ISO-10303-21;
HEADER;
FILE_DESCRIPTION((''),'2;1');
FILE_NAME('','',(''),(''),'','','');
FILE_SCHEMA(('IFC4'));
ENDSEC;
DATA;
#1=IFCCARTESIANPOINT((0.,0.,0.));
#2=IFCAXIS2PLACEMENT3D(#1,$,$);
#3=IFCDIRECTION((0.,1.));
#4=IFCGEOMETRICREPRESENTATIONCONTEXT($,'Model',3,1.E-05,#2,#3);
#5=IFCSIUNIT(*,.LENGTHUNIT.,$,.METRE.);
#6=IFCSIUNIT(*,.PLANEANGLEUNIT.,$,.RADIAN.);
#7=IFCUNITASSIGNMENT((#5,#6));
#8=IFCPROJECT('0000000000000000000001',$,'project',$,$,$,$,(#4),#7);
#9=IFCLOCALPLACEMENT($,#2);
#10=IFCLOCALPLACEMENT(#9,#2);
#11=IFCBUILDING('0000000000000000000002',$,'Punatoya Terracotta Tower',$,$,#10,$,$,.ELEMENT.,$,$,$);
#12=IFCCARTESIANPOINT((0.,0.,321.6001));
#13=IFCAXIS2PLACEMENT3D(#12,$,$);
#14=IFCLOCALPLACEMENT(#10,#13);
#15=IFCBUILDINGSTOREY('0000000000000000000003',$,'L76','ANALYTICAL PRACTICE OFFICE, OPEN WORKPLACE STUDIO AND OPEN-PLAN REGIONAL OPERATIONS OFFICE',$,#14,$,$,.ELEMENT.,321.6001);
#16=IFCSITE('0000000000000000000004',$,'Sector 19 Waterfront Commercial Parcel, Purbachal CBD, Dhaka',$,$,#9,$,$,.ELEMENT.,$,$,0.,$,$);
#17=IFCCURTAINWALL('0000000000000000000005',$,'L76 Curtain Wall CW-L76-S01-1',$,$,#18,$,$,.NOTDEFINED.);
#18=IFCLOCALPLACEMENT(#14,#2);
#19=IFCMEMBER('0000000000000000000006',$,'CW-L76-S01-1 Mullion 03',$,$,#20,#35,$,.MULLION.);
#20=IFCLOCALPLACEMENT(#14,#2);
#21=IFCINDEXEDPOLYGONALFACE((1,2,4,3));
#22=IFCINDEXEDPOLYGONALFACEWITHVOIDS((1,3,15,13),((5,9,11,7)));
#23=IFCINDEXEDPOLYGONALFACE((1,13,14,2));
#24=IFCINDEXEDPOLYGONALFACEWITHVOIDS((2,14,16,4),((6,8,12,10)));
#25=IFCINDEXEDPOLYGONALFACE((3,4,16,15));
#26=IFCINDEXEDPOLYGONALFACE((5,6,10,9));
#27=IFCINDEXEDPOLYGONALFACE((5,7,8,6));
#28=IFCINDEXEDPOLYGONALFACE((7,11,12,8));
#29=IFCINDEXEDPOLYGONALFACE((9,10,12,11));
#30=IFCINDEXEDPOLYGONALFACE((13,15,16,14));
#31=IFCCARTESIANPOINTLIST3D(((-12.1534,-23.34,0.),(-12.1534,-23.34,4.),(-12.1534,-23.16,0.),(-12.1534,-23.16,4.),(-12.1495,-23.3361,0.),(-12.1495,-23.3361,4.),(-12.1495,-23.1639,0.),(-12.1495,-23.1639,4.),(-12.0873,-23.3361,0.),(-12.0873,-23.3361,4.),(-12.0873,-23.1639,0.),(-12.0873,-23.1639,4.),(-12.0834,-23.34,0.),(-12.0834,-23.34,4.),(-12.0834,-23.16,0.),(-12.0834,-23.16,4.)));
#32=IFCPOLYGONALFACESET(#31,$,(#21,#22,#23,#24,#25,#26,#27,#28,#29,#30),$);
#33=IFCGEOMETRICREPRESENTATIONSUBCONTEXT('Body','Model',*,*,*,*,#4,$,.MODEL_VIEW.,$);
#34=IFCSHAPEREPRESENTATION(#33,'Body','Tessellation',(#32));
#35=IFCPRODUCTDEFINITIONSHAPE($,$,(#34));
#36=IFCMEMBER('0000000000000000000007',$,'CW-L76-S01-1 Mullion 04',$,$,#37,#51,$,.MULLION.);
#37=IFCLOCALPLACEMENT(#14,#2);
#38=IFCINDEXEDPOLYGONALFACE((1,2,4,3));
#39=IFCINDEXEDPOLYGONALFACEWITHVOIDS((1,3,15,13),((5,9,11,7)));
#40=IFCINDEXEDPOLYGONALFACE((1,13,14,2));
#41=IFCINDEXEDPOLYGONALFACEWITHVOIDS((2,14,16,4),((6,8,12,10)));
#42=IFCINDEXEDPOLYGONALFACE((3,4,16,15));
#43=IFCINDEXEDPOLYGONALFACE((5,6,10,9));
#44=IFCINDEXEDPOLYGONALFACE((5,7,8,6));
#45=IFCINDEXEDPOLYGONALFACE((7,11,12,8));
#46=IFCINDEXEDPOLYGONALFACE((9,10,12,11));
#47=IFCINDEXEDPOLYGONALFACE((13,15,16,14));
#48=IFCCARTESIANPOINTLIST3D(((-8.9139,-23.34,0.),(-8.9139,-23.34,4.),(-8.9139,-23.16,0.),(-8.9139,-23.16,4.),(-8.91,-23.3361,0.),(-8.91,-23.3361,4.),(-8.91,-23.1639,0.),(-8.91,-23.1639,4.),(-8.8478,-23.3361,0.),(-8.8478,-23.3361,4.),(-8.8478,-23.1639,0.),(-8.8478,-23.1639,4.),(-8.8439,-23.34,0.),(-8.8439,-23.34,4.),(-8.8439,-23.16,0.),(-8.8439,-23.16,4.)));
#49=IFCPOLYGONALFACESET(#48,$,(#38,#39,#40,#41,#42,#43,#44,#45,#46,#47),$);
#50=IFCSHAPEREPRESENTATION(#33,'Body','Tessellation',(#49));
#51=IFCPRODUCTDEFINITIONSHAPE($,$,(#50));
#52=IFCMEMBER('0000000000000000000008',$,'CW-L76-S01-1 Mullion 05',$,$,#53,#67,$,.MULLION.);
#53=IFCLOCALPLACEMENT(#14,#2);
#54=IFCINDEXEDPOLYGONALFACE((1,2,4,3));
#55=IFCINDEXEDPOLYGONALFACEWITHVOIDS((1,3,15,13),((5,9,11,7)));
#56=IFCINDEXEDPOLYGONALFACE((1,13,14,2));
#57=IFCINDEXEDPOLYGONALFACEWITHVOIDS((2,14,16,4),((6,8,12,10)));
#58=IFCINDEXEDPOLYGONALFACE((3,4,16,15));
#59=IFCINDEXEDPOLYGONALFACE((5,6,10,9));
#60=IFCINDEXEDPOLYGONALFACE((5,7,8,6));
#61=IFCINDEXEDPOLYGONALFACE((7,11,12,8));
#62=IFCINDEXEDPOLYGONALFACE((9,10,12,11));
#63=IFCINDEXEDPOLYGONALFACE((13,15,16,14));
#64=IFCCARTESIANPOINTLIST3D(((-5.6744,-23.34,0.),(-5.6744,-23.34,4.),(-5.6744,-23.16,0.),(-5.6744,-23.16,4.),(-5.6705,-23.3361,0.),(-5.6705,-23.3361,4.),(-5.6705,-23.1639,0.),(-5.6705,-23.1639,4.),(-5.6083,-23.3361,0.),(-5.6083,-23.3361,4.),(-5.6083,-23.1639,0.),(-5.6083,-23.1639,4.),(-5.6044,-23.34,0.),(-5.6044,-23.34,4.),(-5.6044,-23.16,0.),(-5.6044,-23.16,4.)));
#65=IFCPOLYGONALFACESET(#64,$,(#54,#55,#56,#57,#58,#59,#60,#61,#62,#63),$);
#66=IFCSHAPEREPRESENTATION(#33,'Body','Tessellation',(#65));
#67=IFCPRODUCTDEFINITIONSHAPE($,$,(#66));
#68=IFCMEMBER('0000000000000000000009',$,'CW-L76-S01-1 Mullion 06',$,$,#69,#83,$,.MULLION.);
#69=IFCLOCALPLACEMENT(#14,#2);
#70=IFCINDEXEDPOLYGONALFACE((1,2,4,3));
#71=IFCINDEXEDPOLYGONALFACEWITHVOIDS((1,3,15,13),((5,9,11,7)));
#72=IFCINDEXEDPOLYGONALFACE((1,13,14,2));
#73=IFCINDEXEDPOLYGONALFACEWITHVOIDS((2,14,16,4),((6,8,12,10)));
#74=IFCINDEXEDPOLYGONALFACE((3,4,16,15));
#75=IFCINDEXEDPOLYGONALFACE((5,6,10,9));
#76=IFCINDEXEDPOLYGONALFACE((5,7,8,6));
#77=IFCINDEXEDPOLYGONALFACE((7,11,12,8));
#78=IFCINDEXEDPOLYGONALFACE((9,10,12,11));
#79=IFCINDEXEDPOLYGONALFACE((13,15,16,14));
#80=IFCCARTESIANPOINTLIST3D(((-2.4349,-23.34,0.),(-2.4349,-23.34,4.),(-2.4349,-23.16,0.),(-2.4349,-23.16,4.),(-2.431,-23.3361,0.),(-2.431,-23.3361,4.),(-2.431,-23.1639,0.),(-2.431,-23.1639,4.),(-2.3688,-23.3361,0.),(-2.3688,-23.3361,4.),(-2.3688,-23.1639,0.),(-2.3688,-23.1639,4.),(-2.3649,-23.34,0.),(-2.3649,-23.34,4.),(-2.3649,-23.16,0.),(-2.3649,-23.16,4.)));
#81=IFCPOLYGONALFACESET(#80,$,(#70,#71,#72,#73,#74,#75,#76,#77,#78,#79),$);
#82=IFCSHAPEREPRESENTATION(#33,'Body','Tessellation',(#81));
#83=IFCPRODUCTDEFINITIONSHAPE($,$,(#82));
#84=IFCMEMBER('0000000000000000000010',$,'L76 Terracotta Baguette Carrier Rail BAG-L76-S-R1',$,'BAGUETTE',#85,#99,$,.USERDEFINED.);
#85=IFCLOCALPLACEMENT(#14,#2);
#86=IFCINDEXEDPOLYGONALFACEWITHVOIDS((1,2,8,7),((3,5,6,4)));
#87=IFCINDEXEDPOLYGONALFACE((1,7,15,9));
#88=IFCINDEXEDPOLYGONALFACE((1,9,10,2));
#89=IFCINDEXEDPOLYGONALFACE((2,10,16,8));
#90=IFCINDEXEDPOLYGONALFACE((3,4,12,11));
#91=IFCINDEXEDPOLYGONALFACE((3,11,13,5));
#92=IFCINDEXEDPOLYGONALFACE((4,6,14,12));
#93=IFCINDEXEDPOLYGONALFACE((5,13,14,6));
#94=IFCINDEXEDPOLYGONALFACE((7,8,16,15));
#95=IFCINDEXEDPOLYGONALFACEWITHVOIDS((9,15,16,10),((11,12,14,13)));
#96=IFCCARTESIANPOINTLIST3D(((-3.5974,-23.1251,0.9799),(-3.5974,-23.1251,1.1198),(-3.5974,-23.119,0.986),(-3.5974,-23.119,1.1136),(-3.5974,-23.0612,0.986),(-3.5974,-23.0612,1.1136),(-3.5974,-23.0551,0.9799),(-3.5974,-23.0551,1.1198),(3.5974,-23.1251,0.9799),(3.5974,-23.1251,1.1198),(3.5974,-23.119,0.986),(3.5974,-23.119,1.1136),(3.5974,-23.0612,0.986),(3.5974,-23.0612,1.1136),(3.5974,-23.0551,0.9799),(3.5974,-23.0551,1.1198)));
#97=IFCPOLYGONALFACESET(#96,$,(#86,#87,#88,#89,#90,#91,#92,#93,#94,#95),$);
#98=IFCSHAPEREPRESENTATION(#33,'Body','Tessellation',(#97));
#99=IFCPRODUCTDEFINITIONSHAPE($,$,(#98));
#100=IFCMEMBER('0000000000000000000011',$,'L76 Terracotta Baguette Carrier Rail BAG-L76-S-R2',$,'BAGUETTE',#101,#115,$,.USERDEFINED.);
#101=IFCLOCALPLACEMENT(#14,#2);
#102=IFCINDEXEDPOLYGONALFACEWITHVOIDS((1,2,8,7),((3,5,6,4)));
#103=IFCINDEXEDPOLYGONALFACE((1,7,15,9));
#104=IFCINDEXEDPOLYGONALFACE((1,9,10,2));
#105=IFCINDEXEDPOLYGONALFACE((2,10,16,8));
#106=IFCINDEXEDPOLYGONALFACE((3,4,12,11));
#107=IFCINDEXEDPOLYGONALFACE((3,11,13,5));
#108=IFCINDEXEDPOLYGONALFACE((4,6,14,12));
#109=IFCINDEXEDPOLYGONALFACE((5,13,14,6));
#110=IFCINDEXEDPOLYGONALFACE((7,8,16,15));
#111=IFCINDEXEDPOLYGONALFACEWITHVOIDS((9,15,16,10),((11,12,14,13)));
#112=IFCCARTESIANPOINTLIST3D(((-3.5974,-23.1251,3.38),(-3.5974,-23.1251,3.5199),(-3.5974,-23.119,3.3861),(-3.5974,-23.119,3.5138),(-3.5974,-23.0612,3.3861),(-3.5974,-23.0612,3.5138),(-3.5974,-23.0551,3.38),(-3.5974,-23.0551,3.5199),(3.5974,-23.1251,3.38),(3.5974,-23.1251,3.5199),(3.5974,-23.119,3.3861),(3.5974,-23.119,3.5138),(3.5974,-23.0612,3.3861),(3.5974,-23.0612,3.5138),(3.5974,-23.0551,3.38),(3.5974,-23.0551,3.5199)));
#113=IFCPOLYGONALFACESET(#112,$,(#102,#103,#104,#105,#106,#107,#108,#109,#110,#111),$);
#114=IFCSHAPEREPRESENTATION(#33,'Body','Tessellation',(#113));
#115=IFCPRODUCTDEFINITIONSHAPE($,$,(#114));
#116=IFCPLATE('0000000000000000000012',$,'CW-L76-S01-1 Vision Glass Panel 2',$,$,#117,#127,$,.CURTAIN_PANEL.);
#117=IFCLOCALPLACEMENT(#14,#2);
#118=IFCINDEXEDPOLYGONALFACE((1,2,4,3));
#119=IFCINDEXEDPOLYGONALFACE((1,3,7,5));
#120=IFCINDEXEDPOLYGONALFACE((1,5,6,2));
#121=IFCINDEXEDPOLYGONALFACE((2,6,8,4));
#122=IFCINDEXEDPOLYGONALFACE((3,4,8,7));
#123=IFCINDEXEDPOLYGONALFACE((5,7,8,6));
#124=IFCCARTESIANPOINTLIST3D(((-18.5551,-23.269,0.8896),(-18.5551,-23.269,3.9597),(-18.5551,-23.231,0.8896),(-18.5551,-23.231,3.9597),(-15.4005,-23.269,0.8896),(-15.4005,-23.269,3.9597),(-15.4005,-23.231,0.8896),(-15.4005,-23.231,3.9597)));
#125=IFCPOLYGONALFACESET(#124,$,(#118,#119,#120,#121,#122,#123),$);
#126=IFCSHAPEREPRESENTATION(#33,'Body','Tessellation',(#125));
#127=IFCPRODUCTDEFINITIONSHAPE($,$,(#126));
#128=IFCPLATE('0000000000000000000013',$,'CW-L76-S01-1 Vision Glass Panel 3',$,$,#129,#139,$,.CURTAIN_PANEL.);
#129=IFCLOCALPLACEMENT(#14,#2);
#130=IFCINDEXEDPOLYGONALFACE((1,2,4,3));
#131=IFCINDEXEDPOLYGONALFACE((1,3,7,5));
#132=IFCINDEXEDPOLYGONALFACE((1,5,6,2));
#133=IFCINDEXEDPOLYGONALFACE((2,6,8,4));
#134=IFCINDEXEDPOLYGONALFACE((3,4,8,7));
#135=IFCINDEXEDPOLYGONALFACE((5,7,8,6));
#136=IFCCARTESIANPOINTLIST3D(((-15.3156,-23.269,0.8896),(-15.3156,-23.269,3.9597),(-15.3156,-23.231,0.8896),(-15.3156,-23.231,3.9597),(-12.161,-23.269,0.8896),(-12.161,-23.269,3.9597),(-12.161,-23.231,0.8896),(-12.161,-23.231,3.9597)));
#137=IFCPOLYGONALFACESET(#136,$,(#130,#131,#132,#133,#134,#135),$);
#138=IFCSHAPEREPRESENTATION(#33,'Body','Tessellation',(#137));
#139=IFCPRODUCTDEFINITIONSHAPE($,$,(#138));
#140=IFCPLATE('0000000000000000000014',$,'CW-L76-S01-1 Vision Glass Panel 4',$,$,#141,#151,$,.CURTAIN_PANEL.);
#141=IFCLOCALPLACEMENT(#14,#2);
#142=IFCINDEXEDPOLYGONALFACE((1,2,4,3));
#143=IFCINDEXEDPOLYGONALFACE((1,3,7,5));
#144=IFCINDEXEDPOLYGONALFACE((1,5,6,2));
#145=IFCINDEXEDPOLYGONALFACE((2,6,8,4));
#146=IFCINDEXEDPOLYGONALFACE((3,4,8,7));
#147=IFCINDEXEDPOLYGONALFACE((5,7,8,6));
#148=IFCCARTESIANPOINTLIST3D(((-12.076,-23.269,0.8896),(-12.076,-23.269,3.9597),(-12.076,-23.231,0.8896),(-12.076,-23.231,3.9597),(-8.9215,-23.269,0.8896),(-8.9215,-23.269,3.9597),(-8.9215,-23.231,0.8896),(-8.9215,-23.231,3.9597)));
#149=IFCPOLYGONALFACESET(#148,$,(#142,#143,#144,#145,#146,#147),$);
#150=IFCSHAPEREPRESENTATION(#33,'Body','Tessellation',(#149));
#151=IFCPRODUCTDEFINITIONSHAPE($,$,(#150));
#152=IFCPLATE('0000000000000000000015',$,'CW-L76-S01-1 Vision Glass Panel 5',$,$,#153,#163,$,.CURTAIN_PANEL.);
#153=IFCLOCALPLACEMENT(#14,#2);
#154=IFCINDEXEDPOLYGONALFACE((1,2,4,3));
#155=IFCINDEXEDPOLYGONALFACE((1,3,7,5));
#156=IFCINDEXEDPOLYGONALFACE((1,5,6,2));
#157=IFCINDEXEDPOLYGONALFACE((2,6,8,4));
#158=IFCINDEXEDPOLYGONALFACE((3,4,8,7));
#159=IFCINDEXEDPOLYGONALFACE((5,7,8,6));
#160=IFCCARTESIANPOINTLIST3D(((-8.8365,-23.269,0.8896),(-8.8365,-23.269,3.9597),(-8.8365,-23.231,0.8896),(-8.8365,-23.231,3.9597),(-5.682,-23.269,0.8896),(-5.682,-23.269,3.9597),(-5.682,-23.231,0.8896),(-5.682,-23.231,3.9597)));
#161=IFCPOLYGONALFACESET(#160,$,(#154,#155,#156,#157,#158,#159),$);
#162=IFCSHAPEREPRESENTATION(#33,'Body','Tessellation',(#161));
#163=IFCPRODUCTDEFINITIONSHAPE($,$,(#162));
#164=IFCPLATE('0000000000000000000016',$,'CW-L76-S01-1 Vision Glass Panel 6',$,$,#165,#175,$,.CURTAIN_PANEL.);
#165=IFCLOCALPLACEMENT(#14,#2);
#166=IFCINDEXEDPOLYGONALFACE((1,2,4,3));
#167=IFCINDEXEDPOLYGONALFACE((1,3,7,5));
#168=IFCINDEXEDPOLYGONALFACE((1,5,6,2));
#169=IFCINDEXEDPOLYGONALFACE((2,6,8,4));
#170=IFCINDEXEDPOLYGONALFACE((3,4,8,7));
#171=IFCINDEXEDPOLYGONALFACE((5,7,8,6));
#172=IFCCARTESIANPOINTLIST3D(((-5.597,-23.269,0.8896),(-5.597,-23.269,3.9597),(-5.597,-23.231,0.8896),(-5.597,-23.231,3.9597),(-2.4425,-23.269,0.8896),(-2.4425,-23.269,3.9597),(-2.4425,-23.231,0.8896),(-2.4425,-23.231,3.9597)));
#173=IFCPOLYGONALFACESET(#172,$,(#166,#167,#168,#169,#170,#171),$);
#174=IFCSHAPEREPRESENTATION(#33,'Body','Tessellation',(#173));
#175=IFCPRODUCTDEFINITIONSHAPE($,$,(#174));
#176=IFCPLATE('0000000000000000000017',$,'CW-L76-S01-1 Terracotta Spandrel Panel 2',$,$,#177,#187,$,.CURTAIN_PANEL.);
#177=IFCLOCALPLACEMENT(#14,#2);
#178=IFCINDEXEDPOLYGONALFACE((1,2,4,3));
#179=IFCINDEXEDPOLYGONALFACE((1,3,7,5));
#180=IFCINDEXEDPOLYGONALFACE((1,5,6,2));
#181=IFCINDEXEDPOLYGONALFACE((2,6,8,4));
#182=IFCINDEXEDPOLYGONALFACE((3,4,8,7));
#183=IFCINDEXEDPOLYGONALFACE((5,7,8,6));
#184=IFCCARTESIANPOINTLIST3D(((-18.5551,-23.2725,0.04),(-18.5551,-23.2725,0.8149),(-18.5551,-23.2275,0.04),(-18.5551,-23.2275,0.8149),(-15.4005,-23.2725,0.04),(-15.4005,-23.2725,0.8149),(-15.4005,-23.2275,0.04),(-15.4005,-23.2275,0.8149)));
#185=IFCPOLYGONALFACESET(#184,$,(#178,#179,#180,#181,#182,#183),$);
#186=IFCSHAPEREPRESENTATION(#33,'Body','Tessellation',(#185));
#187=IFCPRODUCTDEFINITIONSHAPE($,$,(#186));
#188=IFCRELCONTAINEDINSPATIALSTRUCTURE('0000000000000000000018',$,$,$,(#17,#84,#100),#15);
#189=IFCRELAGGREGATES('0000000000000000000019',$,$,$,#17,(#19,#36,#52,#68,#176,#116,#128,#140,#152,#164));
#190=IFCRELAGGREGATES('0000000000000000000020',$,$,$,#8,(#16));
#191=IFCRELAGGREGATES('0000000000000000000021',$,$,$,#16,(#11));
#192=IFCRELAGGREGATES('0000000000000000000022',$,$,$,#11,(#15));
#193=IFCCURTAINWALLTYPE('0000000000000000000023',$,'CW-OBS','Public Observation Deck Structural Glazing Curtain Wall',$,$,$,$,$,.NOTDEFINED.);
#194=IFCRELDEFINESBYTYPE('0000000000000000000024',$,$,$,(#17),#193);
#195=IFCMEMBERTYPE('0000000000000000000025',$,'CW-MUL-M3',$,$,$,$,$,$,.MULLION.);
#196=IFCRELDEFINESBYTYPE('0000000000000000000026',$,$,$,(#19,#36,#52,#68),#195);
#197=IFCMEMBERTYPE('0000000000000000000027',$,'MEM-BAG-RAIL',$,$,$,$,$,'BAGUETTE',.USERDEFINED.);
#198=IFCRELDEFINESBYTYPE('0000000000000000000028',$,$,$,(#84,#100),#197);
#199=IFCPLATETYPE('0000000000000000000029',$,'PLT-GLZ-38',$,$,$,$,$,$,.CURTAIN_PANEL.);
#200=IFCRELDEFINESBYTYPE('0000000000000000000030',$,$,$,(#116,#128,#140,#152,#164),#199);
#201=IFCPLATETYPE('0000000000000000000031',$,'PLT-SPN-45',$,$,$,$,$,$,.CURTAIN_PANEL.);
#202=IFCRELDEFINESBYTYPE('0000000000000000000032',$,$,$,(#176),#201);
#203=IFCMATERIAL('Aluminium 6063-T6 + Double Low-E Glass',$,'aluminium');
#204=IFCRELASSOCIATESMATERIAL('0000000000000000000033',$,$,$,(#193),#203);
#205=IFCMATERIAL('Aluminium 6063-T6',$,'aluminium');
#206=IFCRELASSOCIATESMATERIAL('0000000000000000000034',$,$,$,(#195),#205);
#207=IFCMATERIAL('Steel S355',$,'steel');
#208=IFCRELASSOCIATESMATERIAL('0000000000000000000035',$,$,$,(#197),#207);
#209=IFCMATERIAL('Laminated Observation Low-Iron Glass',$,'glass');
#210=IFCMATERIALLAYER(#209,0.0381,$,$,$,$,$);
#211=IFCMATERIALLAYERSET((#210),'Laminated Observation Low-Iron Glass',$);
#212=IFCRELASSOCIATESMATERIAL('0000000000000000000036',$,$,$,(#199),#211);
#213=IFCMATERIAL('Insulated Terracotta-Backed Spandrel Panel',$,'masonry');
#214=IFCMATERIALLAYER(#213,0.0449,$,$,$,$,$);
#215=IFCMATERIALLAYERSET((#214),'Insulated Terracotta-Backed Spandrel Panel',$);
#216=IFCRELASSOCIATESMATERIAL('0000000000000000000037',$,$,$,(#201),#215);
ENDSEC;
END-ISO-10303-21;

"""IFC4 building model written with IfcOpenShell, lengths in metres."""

from ifc_helpers import new_model, si_unit, direction, frame, origin, origin_2d, place, context, subcontext, project, spatial, rectangle, hollow_rectangle, extrude, material, layer, layer_set, material_profile, profile_set, type_object, element, aggregate, save


model = new_model("IFC4")

# Units and contexts
model_context = context("Model", 3, precision=1e-05, world=origin(), true_north=direction((0.0, 1.0)))
body_context = subcontext(model_context, "Body", "Model", "MODEL_VIEW")
ifc_project = project(units=[si_unit("LENGTHUNIT", "METRE"), si_unit("PLANEANGLEUNIT", "RADIAN")], contexts=[model_context])

# Site, building, storey
site_placement = place(None, origin())
site = spatial("IfcSite", under=ifc_project, at=site_placement, Name="Sector 19 Waterfront Commercial Parcel, Purbachal CBD, Dhaka", CompositionType="ELEMENT", RefElevation=0.0)
building_placement = place(site_placement, origin())
building = spatial("IfcBuilding", under=site, at=building_placement, Name="Punatoya Terracotta Tower", CompositionType="ELEMENT")
storey_placement = place(building_placement, frame((0.0, 0.0, 321.6001)))
storey = spatial("IfcBuildingStorey", under=building, at=storey_placement, Name="L76", Description="ANALYTICAL PRACTICE OFFICE, OPEN WORKPLACE STUDIO AND OPEN-PLAN REGIONAL OPERATIONS OFFICE", CompositionType="ELEMENT", Elevation=321.6001)

# Curtain wall, members
ifc_material_1 = material(Name="Aluminium 6063-T6 + Double Low-E Glass", Category="aluminium")
curtain_wall_type = type_object("IfcCurtainWallType", Name="CW-OBS", Description="Public Observation Deck Structural Glazing Curtain Wall", PredefinedType="NOTDEFINED", material=ifc_material_1)
curtain_wall_placement = place(storey_placement, origin())
curtain_wall = element("IfcCurtainWall", 1, at=curtain_wall_placement, inside=storey, type_object=curtain_wall_type, Name="L76 Curtain Wall CW-L76-S01-1", PredefinedType="NOTDEFINED")
ifc_material_2 = material(Name="Aluminium 6063-T6", Category="aluminium")
ifc_material_profile_1 = material_profile(ifc_material_2, hollow_rectangle(XDim=0.0701, YDim=0.1799, WallThickness=0.0039, at=origin_2d()))
ifc_profile_set_1 = profile_set([ifc_material_profile_1], Name="Aluminium 6063-T6")
member_type_1 = type_object("IfcMemberType", Name="CW-MUL-M3", PredefinedType="MULLION", material=ifc_profile_set_1)
member_1_placement = place(storey_placement, frame((-12.1184, -23.25, 0.0), z_axis=(0.0, 0.0, 1.0), x_axis=(1.0, 0.0, 0.0)))
member_1 = element("IfcMember", 2, at=member_1_placement, type_object=member_type_1, Name="CW-L76-S01-1 Mullion 03", PredefinedType="MULLION", context=body_context, shape_type="SweptSolid", body=[
    extrude(hollow_rectangle(XDim=0.0701, YDim=0.1799, WallThickness=0.0039, at=origin_2d()), origin(), (0.0, 0.0, 1.0), 4.0),
])
member_2_placement = place(storey_placement, frame((-8.8789, -23.25, 0.0), z_axis=(0.0, 0.0, 1.0), x_axis=(1.0, 0.0, 0.0)))
member_2 = element("IfcMember", 3, at=member_2_placement, type_object=member_type_1, Name="CW-L76-S01-1 Mullion 04", PredefinedType="MULLION", context=body_context, shape_type="SweptSolid", body=[
    extrude(hollow_rectangle(XDim=0.0701, YDim=0.1799, WallThickness=0.0039, at=origin_2d()), origin(), (0.0, 0.0, 1.0), 4.0),
])
member_3_placement = place(storey_placement, frame((-5.6394, -23.25, 0.0), z_axis=(0.0, 0.0, 1.0), x_axis=(1.0, 0.0, 0.0)))
member_3 = element("IfcMember", 4, at=member_3_placement, type_object=member_type_1, Name="CW-L76-S01-1 Mullion 05", PredefinedType="MULLION", context=body_context, shape_type="SweptSolid", body=[
    extrude(hollow_rectangle(XDim=0.0701, YDim=0.1799, WallThickness=0.0039, at=origin_2d()), origin(), (0.0, 0.0, 1.0), 4.0),
])
member_4_placement = place(storey_placement, frame((-2.3999, -23.25, 0.0), z_axis=(0.0, 0.0, 1.0), x_axis=(1.0, 0.0, 0.0)))
member_4 = element("IfcMember", 5, at=member_4_placement, type_object=member_type_1, Name="CW-L76-S01-1 Mullion 06", PredefinedType="MULLION", context=body_context, shape_type="SweptSolid", body=[
    extrude(hollow_rectangle(XDim=0.0701, YDim=0.1799, WallThickness=0.0039, at=origin_2d()), origin(), (0.0, 0.0, 1.0), 4.0),
])

# Members
ifc_material_3 = material(Name="Steel S355", Category="steel")
ifc_material_profile_2 = material_profile(ifc_material_3, hollow_rectangle(XDim=0.0701, YDim=0.1399, WallThickness=0.0061, at=origin_2d()))
ifc_profile_set_2 = profile_set([ifc_material_profile_2], Name="Steel S355")
member_type_2 = type_object("IfcMemberType", Name="MEM-BAG-RAIL", ElementType="BAGUETTE", PredefinedType="USERDEFINED", material=ifc_profile_set_2)
for number, where, z_axis, x_axis, name in (
    (6, (-3.5974, -23.0901, 1.0498), (1.0, 0.0, 0.0), (0.0, 1.0, 0.0), "L76 Terracotta Baguette Carrier Rail BAG-L76-S-R1"),
    (7, (-3.5974, -23.0901, 3.45), (1.0, 0.0, 0.0), (0.0, 1.0, 0.0), "L76 Terracotta Baguette Carrier Rail BAG-L76-S-R2"),
):
    element("IfcMember", number, at=place(storey_placement, frame(where, z_axis=z_axis, x_axis=x_axis)), inside=storey, type_object=member_type_2, Name=name, ObjectType="BAGUETTE", PredefinedType="USERDEFINED", context=body_context, shape_type="SweptSolid", body=[
        extrude(hollow_rectangle(XDim=0.0701, YDim=0.1399, WallThickness=0.0061, at=origin_2d()), origin(), (0.0, 0.0, 1.0), 7.1948),
    ])

# Plates
ifc_material_4 = material(Name="Laminated Observation Low-Iron Glass", Category="glass")
ifc_layer_1 = layer(ifc_material_4, 0.0381)
ifc_layer_set_1 = layer_set([ifc_layer_1], Name="Laminated Observation Low-Iron Glass")
plate_type_1 = type_object("IfcPlateType", Name="PLT-GLZ-38", PredefinedType="CURTAIN_PANEL", material=ifc_layer_set_1)
plate_1_placement = place(storey_placement, frame((-16.9778, -23.25, 0.8896), z_axis=(0.0, 0.0, 1.0), x_axis=(1.0, 0.0, 0.0)))
plate_1 = element("IfcPlate", 8, at=plate_1_placement, type_object=plate_type_1, Name="CW-L76-S01-1 Vision Glass Panel 2", PredefinedType="CURTAIN_PANEL", context=body_context, shape_type="SweptSolid", body=[
    extrude(rectangle(XDim=3.1545, YDim=0.0381, at=origin_2d()), origin(), (0.0, 0.0, 1.0), 3.0701),
])
plate_2_placement = place(storey_placement, frame((-13.7383, -23.25, 0.8896), z_axis=(0.0, 0.0, 1.0), x_axis=(1.0, 0.0, 0.0)))
plate_2 = element("IfcPlate", 9, at=plate_2_placement, type_object=plate_type_1, Name="CW-L76-S01-1 Vision Glass Panel 3", PredefinedType="CURTAIN_PANEL", context=body_context, shape_type="SweptSolid", body=[
    extrude(rectangle(XDim=3.1545, YDim=0.0381, at=origin_2d()), origin(), (0.0, 0.0, 1.0), 3.0701),
])
plate_3_placement = place(storey_placement, frame((-10.4988, -23.25, 0.8896), z_axis=(0.0, 0.0, 1.0), x_axis=(1.0, 0.0, 0.0)))
plate_3 = element("IfcPlate", 10, at=plate_3_placement, type_object=plate_type_1, Name="CW-L76-S01-1 Vision Glass Panel 4", PredefinedType="CURTAIN_PANEL", context=body_context, shape_type="SweptSolid", body=[
    extrude(rectangle(XDim=3.1545, YDim=0.0381, at=origin_2d()), origin(), (0.0, 0.0, 1.0), 3.0701),
])
plate_4_placement = place(storey_placement, frame((-7.2593, -23.25, 0.8896), z_axis=(0.0, 0.0, 1.0), x_axis=(1.0, 0.0, 0.0)))
plate_4 = element("IfcPlate", 11, at=plate_4_placement, type_object=plate_type_1, Name="CW-L76-S01-1 Vision Glass Panel 5", PredefinedType="CURTAIN_PANEL", context=body_context, shape_type="SweptSolid", body=[
    extrude(rectangle(XDim=3.1545, YDim=0.0381, at=origin_2d()), origin(), (0.0, 0.0, 1.0), 3.0701),
])
plate_5_placement = place(storey_placement, frame((-4.0198, -23.25, 0.8896), z_axis=(0.0, 0.0, 1.0), x_axis=(1.0, 0.0, 0.0)))
plate_5 = element("IfcPlate", 12, at=plate_5_placement, type_object=plate_type_1, Name="CW-L76-S01-1 Vision Glass Panel 6", PredefinedType="CURTAIN_PANEL", context=body_context, shape_type="SweptSolid", body=[
    extrude(rectangle(XDim=3.1545, YDim=0.0381, at=origin_2d()), origin(), (0.0, 0.0, 1.0), 3.0701),
])
ifc_material_5 = material(Name="Insulated Terracotta-Backed Spandrel Panel", Category="masonry")
ifc_layer_2 = layer(ifc_material_5, 0.0449)
ifc_layer_set_2 = layer_set([ifc_layer_2], Name="Insulated Terracotta-Backed Spandrel Panel")
plate_type_2 = type_object("IfcPlateType", Name="PLT-SPN-45", PredefinedType="CURTAIN_PANEL", material=ifc_layer_set_2)
plate_6_placement = place(storey_placement, frame((-16.9778, -23.25, 0.04), z_axis=(0.0, 0.0, 1.0), x_axis=(1.0, 0.0, 0.0)))
plate_6 = element("IfcPlate", 13, at=plate_6_placement, type_object=plate_type_2, Name="CW-L76-S01-1 Terracotta Spandrel Panel 2", PredefinedType="CURTAIN_PANEL", context=body_context, shape_type="SweptSolid", body=[
    extrude(rectangle(XDim=3.1545, YDim=0.0449, at=origin_2d()), origin(), (0.0, 0.0, 1.0), 0.7749),
])
aggregate(curtain_wall, [member_1, member_2, member_3, member_4, plate_6, plate_1, plate_2, plate_3, plate_4, plate_5])

save(model, "model.ifc")
